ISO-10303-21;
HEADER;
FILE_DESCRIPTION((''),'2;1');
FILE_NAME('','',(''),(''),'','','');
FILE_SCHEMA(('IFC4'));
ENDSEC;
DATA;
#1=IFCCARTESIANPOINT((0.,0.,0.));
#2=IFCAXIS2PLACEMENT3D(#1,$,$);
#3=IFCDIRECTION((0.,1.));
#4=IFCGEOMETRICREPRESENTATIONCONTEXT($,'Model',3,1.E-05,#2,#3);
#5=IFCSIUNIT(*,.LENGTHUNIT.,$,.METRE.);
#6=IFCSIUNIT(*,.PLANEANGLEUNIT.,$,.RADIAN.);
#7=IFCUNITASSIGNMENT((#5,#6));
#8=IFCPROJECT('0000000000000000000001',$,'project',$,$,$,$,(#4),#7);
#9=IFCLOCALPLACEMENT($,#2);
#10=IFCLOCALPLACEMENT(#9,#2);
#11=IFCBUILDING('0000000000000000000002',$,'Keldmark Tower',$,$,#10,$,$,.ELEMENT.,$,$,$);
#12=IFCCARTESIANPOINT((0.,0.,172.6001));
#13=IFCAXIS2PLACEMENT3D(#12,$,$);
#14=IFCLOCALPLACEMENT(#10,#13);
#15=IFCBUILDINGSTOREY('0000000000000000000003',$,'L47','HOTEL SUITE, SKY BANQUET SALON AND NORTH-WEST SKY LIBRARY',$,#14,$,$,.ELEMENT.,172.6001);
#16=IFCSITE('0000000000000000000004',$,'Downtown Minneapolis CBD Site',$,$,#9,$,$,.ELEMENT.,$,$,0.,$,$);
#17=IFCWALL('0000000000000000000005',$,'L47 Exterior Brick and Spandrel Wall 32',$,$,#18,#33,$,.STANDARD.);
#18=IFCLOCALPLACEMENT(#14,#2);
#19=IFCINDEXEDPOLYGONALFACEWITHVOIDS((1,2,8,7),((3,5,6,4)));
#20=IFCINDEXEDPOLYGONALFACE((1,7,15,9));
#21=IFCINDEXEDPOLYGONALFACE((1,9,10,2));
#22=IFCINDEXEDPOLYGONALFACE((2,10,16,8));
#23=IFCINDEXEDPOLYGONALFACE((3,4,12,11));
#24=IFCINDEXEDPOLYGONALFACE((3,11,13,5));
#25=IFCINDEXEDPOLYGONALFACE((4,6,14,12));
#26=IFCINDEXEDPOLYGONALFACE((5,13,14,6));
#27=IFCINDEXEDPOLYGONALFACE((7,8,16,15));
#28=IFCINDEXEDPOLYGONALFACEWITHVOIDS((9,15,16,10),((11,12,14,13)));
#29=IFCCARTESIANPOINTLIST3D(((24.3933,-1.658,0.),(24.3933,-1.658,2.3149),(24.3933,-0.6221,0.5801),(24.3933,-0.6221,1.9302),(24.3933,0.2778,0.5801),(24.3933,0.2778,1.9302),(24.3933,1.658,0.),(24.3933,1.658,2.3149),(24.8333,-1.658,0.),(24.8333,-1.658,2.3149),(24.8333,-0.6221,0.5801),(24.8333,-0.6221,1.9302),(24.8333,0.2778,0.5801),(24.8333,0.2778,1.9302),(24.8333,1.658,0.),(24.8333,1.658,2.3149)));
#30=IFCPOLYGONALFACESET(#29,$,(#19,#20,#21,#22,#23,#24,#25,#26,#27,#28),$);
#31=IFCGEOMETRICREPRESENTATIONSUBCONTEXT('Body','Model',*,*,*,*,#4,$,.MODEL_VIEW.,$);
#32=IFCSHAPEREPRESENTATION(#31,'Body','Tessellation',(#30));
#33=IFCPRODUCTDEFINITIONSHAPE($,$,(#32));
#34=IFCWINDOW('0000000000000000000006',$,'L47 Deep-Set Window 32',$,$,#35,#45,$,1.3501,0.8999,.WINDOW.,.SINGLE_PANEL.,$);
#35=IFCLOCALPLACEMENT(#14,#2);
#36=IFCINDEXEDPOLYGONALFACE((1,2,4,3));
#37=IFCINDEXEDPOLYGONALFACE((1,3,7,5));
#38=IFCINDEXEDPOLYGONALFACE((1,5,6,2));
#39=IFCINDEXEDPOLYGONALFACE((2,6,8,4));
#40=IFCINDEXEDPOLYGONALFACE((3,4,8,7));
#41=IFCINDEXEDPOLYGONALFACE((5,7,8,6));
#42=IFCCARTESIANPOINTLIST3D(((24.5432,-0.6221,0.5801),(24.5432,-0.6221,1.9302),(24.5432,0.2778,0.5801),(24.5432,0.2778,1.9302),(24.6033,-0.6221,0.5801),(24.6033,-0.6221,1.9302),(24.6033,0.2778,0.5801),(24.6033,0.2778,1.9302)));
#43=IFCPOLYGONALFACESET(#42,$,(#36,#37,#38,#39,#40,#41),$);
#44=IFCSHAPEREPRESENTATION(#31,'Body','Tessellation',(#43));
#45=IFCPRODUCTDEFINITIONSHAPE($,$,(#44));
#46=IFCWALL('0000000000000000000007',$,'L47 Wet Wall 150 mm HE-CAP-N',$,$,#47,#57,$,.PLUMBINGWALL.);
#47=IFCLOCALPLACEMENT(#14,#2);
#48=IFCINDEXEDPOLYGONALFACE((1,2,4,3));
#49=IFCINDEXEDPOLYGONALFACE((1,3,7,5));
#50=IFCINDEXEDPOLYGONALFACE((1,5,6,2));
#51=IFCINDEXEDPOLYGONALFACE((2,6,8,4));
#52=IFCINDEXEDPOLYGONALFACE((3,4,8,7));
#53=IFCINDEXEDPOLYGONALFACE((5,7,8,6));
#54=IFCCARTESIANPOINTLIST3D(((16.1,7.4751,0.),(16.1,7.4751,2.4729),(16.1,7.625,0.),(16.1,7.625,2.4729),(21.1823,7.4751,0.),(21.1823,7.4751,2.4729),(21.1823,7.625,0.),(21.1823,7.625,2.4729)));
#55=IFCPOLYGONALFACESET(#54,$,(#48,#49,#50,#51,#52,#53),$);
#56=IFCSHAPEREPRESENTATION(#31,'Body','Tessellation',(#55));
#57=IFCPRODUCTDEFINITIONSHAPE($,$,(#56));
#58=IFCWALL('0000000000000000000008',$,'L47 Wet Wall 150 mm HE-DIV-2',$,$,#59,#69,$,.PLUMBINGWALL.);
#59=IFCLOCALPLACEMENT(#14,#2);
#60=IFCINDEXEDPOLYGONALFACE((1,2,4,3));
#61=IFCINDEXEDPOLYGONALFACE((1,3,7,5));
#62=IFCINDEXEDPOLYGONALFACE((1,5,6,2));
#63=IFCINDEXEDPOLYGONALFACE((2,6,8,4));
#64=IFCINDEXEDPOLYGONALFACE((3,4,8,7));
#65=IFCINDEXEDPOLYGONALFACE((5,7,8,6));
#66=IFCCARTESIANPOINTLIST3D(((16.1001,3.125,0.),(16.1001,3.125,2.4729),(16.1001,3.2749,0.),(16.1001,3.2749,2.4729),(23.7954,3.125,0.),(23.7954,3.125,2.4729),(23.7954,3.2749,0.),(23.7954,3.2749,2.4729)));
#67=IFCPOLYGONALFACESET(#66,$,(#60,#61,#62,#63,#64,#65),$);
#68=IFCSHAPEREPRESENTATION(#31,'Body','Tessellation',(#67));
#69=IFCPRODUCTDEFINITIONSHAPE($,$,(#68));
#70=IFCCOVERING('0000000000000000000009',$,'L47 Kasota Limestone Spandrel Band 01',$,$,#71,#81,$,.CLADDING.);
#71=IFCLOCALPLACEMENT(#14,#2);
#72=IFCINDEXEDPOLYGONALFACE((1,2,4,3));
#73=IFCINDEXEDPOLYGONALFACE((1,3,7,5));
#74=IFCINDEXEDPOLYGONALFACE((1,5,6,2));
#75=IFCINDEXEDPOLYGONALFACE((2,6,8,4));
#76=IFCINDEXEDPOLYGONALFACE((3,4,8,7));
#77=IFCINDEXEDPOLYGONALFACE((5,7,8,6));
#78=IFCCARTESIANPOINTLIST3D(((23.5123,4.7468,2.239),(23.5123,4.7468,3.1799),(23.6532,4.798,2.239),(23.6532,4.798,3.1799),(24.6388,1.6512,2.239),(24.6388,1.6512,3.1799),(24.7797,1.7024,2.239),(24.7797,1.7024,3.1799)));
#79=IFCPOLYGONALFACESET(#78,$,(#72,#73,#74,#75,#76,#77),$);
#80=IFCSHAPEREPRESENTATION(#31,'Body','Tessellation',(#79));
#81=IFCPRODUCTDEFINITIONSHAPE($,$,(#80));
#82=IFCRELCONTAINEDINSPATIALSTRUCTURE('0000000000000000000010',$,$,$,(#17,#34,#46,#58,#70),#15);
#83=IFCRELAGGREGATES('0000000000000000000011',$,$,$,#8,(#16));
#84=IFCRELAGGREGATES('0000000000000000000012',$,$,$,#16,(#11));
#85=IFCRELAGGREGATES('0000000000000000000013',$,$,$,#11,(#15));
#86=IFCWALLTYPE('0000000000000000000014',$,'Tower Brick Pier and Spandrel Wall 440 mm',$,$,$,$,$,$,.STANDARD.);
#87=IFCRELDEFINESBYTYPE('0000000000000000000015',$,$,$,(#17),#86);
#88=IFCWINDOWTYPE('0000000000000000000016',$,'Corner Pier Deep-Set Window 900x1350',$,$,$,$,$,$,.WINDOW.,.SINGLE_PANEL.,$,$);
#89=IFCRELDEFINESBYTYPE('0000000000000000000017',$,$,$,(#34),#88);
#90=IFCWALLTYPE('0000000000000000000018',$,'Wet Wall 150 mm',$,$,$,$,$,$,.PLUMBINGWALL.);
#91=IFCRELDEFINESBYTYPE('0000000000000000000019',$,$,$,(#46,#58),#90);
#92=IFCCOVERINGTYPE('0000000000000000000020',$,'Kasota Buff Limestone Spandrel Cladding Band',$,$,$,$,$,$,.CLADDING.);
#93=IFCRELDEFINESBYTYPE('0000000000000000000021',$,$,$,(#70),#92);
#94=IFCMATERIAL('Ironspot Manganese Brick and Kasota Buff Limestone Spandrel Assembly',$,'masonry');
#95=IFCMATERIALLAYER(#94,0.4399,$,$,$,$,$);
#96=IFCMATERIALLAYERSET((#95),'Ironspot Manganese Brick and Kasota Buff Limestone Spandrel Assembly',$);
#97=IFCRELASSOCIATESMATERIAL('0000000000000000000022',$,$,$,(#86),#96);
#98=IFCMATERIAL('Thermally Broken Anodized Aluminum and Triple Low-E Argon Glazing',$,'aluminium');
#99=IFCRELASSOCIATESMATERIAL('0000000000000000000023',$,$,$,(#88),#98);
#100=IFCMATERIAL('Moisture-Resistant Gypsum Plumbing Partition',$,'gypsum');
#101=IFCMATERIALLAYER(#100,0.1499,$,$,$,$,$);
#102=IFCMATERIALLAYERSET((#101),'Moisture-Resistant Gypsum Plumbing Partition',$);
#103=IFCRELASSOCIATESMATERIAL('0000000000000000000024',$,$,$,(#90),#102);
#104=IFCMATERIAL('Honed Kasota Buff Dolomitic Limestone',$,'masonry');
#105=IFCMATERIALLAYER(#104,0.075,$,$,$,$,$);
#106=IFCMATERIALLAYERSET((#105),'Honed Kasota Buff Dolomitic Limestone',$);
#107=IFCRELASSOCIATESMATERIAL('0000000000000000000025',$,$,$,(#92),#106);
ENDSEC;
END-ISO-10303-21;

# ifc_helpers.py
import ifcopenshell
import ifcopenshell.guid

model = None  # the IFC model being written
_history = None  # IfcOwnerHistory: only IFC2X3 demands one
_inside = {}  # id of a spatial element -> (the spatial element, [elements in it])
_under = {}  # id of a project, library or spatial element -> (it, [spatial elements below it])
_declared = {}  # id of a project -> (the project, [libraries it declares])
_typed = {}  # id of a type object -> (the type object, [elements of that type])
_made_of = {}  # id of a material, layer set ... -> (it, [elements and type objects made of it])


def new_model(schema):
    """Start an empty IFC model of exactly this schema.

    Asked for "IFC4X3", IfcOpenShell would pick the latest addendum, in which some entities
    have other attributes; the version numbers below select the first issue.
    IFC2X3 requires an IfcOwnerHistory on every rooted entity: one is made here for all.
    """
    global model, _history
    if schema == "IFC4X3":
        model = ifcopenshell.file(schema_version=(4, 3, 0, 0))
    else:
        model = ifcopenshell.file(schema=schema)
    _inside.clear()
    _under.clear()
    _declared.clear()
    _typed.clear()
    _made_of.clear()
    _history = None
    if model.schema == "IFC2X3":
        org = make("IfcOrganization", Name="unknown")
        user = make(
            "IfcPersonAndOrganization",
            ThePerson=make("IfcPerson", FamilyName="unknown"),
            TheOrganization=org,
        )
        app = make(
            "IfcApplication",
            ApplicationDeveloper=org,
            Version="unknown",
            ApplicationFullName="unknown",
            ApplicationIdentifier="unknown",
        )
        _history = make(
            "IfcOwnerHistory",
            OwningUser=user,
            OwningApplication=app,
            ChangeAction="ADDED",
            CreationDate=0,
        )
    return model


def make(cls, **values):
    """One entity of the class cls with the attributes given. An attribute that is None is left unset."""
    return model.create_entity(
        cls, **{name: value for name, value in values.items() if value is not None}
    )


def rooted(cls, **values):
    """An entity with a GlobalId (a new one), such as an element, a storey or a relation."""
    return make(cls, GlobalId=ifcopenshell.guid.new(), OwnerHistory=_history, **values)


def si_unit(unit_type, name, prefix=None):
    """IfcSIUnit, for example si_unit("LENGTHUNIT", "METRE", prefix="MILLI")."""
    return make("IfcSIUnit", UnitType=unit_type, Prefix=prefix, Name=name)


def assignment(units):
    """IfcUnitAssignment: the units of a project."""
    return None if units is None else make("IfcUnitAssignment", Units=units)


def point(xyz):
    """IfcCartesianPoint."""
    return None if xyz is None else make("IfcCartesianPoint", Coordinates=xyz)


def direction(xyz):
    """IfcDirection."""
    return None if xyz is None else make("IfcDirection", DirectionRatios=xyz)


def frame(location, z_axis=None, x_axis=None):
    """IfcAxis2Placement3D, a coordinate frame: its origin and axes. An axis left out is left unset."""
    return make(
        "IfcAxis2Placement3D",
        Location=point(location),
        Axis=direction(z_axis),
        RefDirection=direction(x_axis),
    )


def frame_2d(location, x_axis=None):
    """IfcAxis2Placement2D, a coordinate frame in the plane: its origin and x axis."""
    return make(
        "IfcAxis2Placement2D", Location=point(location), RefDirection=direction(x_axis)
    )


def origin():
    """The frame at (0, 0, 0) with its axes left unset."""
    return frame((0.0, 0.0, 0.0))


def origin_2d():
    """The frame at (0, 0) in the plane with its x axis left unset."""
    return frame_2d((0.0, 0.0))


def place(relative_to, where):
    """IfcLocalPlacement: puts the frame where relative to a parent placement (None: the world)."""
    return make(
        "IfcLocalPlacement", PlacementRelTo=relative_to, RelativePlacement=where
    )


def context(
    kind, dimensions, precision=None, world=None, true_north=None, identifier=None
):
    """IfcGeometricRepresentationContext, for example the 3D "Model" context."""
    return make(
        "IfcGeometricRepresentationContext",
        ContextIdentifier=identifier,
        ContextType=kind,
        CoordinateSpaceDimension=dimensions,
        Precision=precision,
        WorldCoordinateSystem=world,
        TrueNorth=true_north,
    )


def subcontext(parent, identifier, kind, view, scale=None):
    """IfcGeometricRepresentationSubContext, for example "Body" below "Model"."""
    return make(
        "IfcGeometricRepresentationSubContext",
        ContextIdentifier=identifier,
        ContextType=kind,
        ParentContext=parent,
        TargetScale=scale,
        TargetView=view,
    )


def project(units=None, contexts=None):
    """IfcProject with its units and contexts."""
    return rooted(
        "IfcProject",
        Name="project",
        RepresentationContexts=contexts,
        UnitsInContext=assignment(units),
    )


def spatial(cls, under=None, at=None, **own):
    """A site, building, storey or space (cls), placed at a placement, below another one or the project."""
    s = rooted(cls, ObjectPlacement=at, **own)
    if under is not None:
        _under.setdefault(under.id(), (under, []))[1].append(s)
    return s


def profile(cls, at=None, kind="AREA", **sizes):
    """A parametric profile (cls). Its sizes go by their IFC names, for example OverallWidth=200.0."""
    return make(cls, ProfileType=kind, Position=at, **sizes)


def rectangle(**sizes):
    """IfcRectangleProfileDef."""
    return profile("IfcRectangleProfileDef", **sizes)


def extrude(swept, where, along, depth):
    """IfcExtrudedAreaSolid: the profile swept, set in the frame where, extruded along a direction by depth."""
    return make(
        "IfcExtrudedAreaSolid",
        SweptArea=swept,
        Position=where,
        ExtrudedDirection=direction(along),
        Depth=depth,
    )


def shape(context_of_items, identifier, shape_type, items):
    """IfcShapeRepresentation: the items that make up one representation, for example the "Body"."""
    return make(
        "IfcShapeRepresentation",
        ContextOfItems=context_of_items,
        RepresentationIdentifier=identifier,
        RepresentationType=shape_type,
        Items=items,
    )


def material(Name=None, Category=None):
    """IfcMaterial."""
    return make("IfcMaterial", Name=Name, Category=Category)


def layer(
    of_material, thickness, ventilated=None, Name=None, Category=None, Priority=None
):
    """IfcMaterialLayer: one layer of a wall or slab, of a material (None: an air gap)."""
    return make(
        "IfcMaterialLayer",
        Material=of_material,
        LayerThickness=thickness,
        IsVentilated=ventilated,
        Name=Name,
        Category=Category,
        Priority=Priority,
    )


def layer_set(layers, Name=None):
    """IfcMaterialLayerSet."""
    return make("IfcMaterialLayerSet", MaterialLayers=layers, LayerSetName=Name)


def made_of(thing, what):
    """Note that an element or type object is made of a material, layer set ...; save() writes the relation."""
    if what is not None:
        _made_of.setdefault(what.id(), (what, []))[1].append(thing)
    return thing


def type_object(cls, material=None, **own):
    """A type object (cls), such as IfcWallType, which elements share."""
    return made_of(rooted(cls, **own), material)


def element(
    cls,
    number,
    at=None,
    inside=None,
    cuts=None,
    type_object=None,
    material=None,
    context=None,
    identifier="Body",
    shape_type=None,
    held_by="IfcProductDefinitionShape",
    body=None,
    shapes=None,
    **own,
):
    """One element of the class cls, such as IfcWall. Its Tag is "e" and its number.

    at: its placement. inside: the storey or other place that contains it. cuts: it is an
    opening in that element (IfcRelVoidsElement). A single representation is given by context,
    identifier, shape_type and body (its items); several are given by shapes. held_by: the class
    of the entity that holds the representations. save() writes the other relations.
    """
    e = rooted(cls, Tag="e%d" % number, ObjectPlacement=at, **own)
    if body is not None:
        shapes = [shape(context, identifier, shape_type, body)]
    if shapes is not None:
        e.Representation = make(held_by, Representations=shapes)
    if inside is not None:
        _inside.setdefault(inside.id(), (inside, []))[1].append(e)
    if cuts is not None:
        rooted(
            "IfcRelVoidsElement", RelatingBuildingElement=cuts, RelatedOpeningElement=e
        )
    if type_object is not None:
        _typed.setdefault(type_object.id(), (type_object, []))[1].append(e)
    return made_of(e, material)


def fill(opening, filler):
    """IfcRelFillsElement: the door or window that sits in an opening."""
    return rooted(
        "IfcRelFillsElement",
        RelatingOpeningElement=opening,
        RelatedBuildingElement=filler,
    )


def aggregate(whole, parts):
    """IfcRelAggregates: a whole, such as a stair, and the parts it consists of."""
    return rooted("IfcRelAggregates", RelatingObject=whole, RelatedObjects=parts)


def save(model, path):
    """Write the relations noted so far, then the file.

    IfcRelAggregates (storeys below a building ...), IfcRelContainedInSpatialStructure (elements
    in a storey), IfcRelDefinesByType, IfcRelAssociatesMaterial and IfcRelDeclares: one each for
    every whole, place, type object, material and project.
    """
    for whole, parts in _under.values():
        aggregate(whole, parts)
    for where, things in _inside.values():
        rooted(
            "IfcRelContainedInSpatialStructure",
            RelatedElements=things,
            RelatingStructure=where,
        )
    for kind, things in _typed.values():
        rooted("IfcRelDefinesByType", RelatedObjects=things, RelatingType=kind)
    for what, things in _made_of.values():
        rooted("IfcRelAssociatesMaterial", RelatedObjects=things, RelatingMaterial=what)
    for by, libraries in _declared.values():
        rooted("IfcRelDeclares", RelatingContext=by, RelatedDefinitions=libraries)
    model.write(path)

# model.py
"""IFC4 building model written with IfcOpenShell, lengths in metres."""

from ifc_helpers import new_model, si_unit, direction, frame, frame_2d, origin, origin_2d, place, context, subcontext, project, spatial, rectangle, extrude, material, layer, layer_set, type_object, element, fill, save


model = new_model("IFC4")

# Units and contexts
model_context = context("Model", 3, precision=1e-05, world=origin(), true_north=direction((0.0, 1.0)))
body_context = subcontext(model_context, "Body", "Model", "MODEL_VIEW")
ifc_project = project(units=[si_unit("LENGTHUNIT", "METRE"), si_unit("PLANEANGLEUNIT", "RADIAN")], contexts=[model_context])

# Site, building, storey
site_placement = place(None, origin())
site = spatial("IfcSite", under=ifc_project, at=site_placement, Name="Downtown Minneapolis CBD Site", CompositionType="ELEMENT", RefElevation=0.0)
building_placement = place(site_placement, origin())
building = spatial("IfcBuilding", under=site, at=building_placement, Name="Keldmark Tower", CompositionType="ELEMENT")
storey_placement = place(building_placement, frame((0.0, 0.0, 172.6001)))
storey = spatial("IfcBuildingStorey", under=building, at=storey_placement, Name="L47", Description="HOTEL SUITE, SKY BANQUET SALON AND NORTH-WEST SKY LIBRARY", CompositionType="ELEMENT", Elevation=172.6001)

# Wall, opening, window
ifc_material_1 = material(Name="Ironspot Manganese Brick and Kasota Buff Limestone Spandrel Assembly", Category="masonry")
ifc_layer_1 = layer(ifc_material_1, 0.4399)
ifc_layer_set_1 = layer_set([ifc_layer_1], Name="Ironspot Manganese Brick and Kasota Buff Limestone Spandrel Assembly")
wall_type_1 = type_object("IfcWallType", Name="Tower Brick Pier and Spandrel Wall 440 mm", PredefinedType="STANDARD", material=ifc_layer_set_1)
ifc_material_2 = material(Name="Thermally Broken Anodized Aluminum and Triple Low-E Argon Glazing", Category="aluminium")
window_type_1 = type_object("IfcWindowType", Name="Corner Pier Deep-Set Window 900x1350", PartitioningType="SINGLE_PANEL", PredefinedType="WINDOW", material=ifc_material_2)
wall_1_placement = place(storey_placement, frame((24.6133, 1.658, 0.0), z_axis=(0.0, 0.0, 1.0), x_axis=(0.0, -1.0, 0.0)))
wall_1 = element("IfcWall", 1, at=wall_1_placement, inside=storey, type_object=wall_type_1, Name="L47 Exterior Brick and Spandrel Wall 32", PredefinedType="STANDARD", context=body_context, shape_type="SweptSolid", body=[
    extrude(rectangle(XDim=3.3159, YDim=0.4399, at=frame_2d((1.658, 0.0))), origin(), (0.0, 0.0, 1.0), 2.3149),
])
opening_1_placement = place(wall_1_placement, frame((1.3801, 0.0, 0.5801)))
opening_1 = element("IfcOpeningElement", 2, at=opening_1_placement, cuts=wall_1, PredefinedType="OPENING", context=body_context, shape_type="SweptSolid", body=[
    extrude(rectangle(XDim=0.8999, YDim=1.3501, at=frame_2d((0.45, 0.675))), frame((0.0, 0.23, 0.0), z_axis=(0.0, -1.0, 0.0), x_axis=(1.0, 0.0, 0.0)), (0.0, 0.0, 1.0), 0.46),
])
window_1_placement = place(opening_1_placement, origin())
window_1 = element("IfcWindow", 3, at=window_1_placement, inside=storey, type_object=window_type_1, Name="L47 Deep-Set Window 32", OverallHeight=1.3501, OverallWidth=0.8999, PartitioningType="SINGLE_PANEL", PredefinedType="WINDOW", context=body_context, shape_type="SweptSolid", body=[
    extrude(rectangle(XDim=0.8999, YDim=1.3501, at=frame_2d((0.45, 0.675))), frame((0.0, -0.01, 0.0), z_axis=(0.0, -1.0, 0.0), x_axis=(1.0, 0.0, 0.0)), (0.0, 0.0, 1.0), 0.0601),
])
fill(opening_1, window_1)

# Walls
ifc_material_3 = material(Name="Moisture-Resistant Gypsum Plumbing Partition", Category="gypsum")
ifc_layer_2 = layer(ifc_material_3, 0.1499)
ifc_layer_set_2 = layer_set([ifc_layer_2], Name="Moisture-Resistant Gypsum Plumbing Partition")
wall_type_2 = type_object("IfcWallType", Name="Wet Wall 150 mm", PredefinedType="PLUMBINGWALL", material=ifc_layer_set_2)
wall_2_placement = place(storey_placement, frame((16.1001, 7.55, 0.0), z_axis=(0.0, 0.0, 1.0), x_axis=(1.0, 0.0, 0.0)))
element("IfcWall", 4, at=wall_2_placement, inside=storey, type_object=wall_type_2, Name="L47 Wet Wall 150 mm HE-CAP-N", PredefinedType="PLUMBINGWALL", context=body_context, shape_type="SweptSolid", body=[
    extrude(rectangle(XDim=5.0823, YDim=0.1499, at=frame_2d((2.541, 0.0))), origin(), (0.0, 0.0, 1.0), 2.4729),
])
wall_3_placement = place(storey_placement, frame((16.1001, 3.2, 0.0), z_axis=(0.0, 0.0, 1.0), x_axis=(1.0, 0.0, 0.0)))
element("IfcWall", 5, at=wall_3_placement, inside=storey, type_object=wall_type_2, Name="L47 Wet Wall 150 mm HE-DIV-2", PredefinedType="PLUMBINGWALL", context=body_context, shape_type="SweptSolid", body=[
    extrude(rectangle(XDim=7.6953, YDim=0.1499, at=frame_2d((3.8477, 0.0))), origin(), (0.0, 0.0, 1.0), 2.4729),
])

# Covering
ifc_material_4 = material(Name="Honed Kasota Buff Dolomitic Limestone", Category="masonry")
ifc_layer_3 = layer(ifc_material_4, 0.075)
ifc_layer_set_3 = layer_set([ifc_layer_3], Name="Honed Kasota Buff Dolomitic Limestone")
covering_type = type_object("IfcCoveringType", Name="Kasota Buff Limestone Spandrel Cladding Band", PredefinedType="CLADDING", material=ifc_layer_set_3)
covering_placement = place(storey_placement, frame((24.146, 3.2246, 2.239), z_axis=(0.0, 0.0, 1.0), x_axis=(-0.341971, 0.939711, 0.0)))
element("IfcCovering", 6, at=covering_placement, inside=storey, type_object=covering_type, Name="L47 Kasota Limestone Spandrel Band 01", PredefinedType="CLADDING", context=body_context, shape_type="SweptSolid", body=[
    extrude(rectangle(XDim=3.2942, YDim=0.1499, at=origin_2d()), origin(), (0.0, 0.0, 1.0), 0.9409),
])

save(model, "model.ifc")
